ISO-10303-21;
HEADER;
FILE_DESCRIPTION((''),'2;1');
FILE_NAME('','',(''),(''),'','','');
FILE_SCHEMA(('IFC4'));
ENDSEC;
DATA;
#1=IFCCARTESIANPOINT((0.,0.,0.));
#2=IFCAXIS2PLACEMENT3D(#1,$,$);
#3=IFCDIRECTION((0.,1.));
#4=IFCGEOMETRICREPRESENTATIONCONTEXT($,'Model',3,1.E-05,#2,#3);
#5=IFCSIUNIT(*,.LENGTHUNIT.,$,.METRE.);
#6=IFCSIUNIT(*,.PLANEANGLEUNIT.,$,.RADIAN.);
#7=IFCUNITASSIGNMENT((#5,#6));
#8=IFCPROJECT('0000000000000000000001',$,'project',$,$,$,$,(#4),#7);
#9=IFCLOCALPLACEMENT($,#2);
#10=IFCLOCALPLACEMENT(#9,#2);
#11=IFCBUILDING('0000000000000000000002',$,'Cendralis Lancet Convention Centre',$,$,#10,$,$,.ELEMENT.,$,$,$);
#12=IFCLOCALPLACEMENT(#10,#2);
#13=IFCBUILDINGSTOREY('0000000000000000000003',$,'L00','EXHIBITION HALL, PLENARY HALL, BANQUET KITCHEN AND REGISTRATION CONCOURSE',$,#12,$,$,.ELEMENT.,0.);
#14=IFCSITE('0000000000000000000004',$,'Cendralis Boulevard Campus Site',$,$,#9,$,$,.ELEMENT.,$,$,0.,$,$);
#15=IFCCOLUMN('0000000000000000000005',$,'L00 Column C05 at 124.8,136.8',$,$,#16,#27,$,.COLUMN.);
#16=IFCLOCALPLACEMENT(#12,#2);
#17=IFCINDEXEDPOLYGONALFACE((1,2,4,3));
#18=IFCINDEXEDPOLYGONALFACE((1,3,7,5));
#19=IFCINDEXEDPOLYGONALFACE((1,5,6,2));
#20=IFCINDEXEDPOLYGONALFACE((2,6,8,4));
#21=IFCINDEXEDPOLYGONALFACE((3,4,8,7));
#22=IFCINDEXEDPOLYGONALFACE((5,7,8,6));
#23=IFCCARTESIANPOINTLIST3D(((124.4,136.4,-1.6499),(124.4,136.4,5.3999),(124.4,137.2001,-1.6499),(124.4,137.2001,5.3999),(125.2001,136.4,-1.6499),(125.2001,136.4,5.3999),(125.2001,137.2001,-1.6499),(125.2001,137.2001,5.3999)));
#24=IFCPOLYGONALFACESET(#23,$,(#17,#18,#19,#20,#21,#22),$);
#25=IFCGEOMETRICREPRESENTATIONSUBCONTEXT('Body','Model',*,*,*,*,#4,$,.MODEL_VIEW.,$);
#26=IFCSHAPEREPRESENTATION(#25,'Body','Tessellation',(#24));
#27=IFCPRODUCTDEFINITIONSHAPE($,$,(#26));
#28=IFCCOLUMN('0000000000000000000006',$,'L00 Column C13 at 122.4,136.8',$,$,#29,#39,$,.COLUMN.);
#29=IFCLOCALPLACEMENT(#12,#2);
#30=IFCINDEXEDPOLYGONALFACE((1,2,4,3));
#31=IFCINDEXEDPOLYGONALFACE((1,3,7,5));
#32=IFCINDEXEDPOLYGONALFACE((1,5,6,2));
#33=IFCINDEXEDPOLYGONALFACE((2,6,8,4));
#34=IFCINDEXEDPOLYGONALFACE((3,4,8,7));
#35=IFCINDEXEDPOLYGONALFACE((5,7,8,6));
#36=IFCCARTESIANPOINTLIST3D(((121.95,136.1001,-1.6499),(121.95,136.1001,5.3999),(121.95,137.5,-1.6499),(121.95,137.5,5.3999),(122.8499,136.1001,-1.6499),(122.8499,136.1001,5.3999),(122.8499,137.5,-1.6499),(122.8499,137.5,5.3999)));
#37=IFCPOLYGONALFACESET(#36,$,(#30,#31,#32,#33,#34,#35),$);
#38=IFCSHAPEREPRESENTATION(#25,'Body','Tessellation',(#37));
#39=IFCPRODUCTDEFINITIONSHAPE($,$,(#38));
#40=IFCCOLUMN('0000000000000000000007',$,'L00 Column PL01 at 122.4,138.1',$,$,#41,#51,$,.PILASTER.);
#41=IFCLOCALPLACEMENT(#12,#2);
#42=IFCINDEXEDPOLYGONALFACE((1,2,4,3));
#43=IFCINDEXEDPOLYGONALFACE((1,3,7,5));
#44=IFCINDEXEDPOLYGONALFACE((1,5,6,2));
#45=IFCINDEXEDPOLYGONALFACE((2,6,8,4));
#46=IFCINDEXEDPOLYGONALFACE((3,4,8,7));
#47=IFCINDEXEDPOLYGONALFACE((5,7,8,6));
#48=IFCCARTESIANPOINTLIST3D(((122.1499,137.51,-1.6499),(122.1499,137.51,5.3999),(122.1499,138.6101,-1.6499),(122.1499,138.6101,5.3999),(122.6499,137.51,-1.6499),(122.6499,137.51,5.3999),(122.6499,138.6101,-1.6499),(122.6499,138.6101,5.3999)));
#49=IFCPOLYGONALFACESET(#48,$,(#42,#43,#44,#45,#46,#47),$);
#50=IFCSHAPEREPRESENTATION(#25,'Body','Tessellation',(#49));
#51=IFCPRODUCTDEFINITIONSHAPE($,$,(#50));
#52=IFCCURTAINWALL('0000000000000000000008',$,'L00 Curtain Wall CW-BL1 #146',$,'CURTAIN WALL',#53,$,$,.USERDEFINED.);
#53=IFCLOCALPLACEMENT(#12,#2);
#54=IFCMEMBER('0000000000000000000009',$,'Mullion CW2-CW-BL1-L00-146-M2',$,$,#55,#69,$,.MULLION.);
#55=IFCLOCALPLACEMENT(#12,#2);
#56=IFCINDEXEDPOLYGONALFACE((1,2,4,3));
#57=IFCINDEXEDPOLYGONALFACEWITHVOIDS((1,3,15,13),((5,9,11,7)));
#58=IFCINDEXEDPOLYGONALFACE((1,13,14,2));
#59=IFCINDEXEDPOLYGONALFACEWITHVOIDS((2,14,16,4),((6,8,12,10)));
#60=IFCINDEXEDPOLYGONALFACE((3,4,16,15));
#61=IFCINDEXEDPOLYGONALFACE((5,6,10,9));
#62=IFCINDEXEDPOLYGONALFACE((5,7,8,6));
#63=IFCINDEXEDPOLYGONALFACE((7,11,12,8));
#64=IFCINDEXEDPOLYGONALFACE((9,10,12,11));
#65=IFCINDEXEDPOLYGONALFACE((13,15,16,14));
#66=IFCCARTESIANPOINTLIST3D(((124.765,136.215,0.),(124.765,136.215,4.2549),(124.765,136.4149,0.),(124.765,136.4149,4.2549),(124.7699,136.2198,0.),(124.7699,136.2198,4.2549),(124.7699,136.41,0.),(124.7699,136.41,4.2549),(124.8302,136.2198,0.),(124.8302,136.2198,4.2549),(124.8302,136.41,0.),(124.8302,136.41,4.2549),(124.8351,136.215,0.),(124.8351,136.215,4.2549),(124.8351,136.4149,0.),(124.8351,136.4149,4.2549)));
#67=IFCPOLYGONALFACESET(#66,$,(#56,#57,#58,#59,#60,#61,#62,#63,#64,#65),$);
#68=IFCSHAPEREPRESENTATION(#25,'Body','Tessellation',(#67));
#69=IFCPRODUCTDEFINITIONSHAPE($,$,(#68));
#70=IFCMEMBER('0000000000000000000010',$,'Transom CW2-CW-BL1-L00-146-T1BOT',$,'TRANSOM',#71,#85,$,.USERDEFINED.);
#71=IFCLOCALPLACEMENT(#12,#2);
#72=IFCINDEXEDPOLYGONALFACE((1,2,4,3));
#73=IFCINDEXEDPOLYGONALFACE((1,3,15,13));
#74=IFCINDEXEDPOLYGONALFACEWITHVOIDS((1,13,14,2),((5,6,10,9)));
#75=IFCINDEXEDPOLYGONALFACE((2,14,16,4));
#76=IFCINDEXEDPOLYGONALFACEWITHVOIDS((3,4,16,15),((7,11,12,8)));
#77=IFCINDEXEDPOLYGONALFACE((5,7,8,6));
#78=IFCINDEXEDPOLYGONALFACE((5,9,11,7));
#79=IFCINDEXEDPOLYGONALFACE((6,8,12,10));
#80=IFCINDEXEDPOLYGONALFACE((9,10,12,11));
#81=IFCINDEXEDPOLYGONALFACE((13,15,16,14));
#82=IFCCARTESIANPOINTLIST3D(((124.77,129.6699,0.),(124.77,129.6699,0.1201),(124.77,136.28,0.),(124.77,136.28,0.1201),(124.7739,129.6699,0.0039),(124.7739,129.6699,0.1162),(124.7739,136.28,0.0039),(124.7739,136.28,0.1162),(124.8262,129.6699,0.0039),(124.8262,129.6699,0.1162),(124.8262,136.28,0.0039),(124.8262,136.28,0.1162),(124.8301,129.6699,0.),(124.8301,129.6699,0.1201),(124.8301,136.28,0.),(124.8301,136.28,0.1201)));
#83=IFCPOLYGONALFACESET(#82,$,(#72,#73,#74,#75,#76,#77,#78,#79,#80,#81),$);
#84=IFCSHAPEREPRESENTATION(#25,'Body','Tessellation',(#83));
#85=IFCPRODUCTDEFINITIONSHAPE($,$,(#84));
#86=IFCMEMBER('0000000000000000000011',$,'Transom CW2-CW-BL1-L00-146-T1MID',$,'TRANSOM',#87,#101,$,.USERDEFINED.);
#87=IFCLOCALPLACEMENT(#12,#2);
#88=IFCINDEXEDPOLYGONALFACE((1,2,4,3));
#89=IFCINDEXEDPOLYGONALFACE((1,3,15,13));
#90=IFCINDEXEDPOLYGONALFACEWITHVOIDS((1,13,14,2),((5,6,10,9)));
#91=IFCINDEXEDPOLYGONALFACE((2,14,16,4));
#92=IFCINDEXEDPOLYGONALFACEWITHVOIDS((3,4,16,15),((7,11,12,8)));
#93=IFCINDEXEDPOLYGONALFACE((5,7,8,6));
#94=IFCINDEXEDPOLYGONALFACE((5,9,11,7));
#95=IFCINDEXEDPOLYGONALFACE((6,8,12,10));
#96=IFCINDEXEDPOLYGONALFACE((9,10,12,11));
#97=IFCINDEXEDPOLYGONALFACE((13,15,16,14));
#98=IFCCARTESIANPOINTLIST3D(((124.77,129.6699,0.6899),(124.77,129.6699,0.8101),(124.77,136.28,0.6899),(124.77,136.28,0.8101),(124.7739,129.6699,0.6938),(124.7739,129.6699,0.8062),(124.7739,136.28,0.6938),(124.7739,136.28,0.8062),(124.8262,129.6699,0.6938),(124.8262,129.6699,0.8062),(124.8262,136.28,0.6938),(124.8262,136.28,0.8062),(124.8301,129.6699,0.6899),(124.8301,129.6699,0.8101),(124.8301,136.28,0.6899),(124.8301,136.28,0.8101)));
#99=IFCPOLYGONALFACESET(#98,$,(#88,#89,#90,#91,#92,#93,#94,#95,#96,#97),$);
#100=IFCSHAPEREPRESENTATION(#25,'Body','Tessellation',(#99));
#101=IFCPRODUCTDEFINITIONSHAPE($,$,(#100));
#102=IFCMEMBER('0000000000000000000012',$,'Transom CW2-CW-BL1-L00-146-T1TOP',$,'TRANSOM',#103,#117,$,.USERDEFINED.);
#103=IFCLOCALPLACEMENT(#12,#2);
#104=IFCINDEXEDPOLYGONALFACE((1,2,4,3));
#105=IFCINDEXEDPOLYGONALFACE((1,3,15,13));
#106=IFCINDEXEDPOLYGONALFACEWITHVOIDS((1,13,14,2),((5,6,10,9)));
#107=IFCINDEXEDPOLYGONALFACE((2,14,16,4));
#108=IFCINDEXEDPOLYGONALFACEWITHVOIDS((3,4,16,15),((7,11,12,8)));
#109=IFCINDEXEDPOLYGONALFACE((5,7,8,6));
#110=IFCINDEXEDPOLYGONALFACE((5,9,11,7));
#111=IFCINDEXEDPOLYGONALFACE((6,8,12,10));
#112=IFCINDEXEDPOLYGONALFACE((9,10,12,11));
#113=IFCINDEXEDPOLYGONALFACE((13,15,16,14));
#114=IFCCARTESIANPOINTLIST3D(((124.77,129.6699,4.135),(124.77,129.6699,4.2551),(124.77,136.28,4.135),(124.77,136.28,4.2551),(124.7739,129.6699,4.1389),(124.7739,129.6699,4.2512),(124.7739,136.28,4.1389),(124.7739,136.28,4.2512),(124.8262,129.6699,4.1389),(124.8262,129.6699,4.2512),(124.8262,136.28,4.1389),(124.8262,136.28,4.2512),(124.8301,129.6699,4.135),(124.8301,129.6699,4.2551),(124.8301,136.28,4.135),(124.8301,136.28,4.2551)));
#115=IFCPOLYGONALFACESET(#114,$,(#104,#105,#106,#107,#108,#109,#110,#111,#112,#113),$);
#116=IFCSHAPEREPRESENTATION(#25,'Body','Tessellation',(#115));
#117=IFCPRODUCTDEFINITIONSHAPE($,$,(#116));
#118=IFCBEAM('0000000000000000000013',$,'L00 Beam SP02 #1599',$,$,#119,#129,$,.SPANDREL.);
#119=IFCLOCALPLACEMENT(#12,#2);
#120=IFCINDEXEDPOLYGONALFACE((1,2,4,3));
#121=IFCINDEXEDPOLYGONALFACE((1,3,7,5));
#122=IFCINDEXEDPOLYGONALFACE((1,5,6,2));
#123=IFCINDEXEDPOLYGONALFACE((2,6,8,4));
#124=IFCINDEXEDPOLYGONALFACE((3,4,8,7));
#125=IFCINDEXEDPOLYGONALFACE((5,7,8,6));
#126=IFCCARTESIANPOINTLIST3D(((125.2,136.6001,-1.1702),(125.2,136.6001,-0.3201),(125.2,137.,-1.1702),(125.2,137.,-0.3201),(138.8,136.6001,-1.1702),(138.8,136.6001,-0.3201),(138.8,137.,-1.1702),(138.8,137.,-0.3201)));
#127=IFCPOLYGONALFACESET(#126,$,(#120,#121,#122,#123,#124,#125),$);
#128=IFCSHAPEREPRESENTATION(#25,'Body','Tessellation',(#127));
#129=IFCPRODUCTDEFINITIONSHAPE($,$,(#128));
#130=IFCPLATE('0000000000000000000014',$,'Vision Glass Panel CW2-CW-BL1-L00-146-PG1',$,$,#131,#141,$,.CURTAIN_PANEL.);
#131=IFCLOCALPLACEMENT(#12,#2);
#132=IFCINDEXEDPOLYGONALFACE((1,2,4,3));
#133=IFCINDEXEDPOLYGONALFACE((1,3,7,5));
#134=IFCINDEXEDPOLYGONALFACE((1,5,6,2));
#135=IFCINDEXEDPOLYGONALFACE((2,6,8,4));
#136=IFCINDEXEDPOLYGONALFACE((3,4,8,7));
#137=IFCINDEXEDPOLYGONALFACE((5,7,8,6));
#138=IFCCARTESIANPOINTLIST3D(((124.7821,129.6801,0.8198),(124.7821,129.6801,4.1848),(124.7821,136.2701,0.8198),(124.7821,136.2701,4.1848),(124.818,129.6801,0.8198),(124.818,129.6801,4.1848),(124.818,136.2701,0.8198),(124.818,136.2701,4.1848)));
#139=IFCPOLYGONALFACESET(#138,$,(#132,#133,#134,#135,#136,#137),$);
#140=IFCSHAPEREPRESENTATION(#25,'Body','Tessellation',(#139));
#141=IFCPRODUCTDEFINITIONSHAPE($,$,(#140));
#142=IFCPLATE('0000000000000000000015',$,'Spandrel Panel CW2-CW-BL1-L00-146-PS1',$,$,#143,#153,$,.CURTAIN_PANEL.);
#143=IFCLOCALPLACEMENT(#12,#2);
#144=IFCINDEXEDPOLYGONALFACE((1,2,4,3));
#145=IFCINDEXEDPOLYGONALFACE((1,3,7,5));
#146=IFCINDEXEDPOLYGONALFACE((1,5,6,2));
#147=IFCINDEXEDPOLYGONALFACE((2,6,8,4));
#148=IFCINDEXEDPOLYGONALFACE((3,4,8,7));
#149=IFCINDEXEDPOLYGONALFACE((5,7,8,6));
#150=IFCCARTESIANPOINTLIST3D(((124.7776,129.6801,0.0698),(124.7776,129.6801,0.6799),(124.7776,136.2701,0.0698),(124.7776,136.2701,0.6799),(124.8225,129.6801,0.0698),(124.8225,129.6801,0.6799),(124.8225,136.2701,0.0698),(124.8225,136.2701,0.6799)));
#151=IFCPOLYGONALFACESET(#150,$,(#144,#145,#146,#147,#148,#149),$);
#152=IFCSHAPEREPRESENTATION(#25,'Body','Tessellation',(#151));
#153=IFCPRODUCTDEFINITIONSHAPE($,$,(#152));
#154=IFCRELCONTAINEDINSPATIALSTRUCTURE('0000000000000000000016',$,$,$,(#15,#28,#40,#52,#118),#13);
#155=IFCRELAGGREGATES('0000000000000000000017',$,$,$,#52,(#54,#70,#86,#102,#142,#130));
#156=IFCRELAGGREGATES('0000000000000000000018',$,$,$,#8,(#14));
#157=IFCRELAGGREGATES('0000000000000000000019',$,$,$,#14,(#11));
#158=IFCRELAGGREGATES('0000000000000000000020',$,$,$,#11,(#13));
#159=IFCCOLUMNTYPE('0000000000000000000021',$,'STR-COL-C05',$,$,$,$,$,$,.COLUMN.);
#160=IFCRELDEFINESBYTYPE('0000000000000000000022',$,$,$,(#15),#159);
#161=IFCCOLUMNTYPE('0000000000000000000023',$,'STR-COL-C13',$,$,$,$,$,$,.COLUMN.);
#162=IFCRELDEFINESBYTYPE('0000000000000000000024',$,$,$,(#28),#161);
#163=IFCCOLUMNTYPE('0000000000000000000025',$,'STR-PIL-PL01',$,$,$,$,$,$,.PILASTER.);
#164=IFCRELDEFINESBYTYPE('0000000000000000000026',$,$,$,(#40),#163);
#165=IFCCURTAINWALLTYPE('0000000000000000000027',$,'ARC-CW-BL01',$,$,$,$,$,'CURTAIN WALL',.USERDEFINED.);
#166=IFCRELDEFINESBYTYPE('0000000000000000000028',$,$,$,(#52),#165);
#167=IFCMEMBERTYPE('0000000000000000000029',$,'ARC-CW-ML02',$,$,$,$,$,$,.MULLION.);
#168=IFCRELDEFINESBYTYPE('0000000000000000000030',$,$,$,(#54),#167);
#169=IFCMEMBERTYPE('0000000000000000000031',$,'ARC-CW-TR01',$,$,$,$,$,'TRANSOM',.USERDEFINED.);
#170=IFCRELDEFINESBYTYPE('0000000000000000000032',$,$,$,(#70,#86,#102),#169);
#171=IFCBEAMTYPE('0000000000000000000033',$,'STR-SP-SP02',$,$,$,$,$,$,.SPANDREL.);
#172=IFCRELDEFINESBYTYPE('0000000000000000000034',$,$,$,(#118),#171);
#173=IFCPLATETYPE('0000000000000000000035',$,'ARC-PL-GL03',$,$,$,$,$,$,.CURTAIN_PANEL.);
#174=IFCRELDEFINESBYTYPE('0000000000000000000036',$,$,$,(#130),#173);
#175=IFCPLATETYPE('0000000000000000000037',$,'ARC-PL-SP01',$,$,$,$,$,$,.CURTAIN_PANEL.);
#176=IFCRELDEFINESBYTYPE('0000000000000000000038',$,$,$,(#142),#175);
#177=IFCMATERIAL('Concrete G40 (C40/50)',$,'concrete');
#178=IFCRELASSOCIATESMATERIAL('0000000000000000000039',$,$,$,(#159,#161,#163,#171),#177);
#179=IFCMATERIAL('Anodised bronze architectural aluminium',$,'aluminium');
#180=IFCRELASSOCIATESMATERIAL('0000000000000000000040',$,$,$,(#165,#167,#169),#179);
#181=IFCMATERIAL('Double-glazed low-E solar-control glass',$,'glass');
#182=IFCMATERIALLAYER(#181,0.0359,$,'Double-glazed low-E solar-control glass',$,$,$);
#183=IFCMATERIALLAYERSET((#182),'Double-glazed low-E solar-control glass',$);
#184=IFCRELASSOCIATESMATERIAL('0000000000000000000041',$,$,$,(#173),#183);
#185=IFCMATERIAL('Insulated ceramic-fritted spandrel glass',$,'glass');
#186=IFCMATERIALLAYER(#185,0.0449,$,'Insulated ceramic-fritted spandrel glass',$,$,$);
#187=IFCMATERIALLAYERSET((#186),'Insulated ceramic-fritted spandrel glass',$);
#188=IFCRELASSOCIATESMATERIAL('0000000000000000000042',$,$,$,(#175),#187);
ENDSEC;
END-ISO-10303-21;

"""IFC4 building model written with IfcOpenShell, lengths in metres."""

from ifc_helpers import new_model, si_unit, direction, frame, origin, origin_2d, place, context, subcontext, project, spatial, rectangle, hollow_rectangle, extrude, material, layer, layer_set, material_profile, profile_set, type_object, element, aggregate, save


model = new_model("IFC4")

# Units and contexts
model_context = context("Model", 3, precision=1e-05, world=origin(), true_north=direction((0.0, 1.0)))
body_context = subcontext(model_context, "Body", "Model", "MODEL_VIEW")
ifc_project = project(units=[si_unit("LENGTHUNIT", "METRE"), si_unit("PLANEANGLEUNIT", "RADIAN")], contexts=[model_context])

# Site, building, storey
site_placement = place(None, origin())
site = spatial("IfcSite", under=ifc_project, at=site_placement, Name="Cendralis Boulevard Campus Site", CompositionType="ELEMENT", RefElevation=0.0)
building_placement = place(site_placement, origin())
building = spatial("IfcBuilding", under=site, at=building_placement, Name="Cendralis Lancet Convention Centre", CompositionType="ELEMENT")
storey_placement = place(building_placement, origin())
storey = spatial("IfcBuildingStorey", under=building, at=storey_placement, Name="L00", Description="EXHIBITION HALL, PLENARY HALL, BANQUET KITCHEN AND REGISTRATION CONCOURSE", CompositionType="ELEMENT", Elevation=0.0)

# Columns
ifc_material_1 = material(Name="Concrete G40 (C40/50)", Category="concrete")
ifc_material_profile_1 = material_profile(ifc_material_1, rectangle(XDim=0.8, YDim=0.8, at=origin_2d()), Name="RC 800x800")
ifc_profile_set_1 = profile_set([ifc_material_profile_1], Name="Concrete G40 (C40/50)")
column_type_1 = type_object("IfcColumnType", Name="STR-COL-C05", PredefinedType="COLUMN", material=ifc_profile_set_1)
column_1_placement = place(storey_placement, frame((124.8, 136.8, -1.6499), z_axis=(0.0, 0.0, 1.0), x_axis=(1.0, 0.0, 0.0)))
element("IfcColumn", 1, at=column_1_placement, inside=storey, type_object=column_type_1, Name="L00 Column C05 at 124.8,136.8", PredefinedType="COLUMN", context=body_context, shape_type="SweptSolid", body=[
    extrude(rectangle(XDim=0.8, YDim=0.8, at=origin_2d()), origin(), (0.0, 0.0, 1.0), 7.0498),
])
ifc_material_profile_2 = material_profile(ifc_material_1, rectangle(XDim=0.8999, YDim=1.3999, at=origin_2d()), Name="RC 900x1400")
ifc_profile_set_2 = profile_set([ifc_material_profile_2], Name="Concrete G40 (C40/50)")
column_type_2 = type_object("IfcColumnType", Name="STR-COL-C13", PredefinedType="COLUMN", material=ifc_profile_set_2)
column_2_placement = place(storey_placement, frame((122.3999, 136.8, -1.6499), z_axis=(0.0, 0.0, 1.0), x_axis=(1.0, 0.0, 0.0)))
element("IfcColumn", 2, at=column_2_placement, inside=storey, type_object=column_type_2, Name="L00 Column C13 at 122.4,136.8", PredefinedType="COLUMN", context=body_context, shape_type="SweptSolid", body=[
    extrude(rectangle(XDim=0.8999, YDim=1.3999, at=origin_2d()), origin(), (0.0, 0.0, 1.0), 7.0498),
])
ifc_material_profile_3 = material_profile(ifc_material_1, rectangle(XDim=0.5, YDim=1.1001, at=origin_2d()), Name="RC 500x1100")
ifc_profile_set_3 = profile_set([ifc_material_profile_3], Name="Concrete G40 (C40/50)")
column_type_3 = type_object("IfcColumnType", Name="STR-PIL-PL01", PredefinedType="PILASTER", material=ifc_profile_set_3)
column_3_placement = place(storey_placement, frame((122.3999, 138.0601, -1.6499), z_axis=(0.0, 0.0, 1.0), x_axis=(1.0, 0.0, 0.0)))
element("IfcColumn", 3, at=column_3_placement, inside=storey, type_object=column_type_3, Name="L00 Column PL01 at 122.4,138.1", PredefinedType="PILASTER", context=body_context, shape_type="SweptSolid", body=[
    extrude(rectangle(XDim=0.5, YDim=1.1001, at=origin_2d()), origin(), (0.0, 0.0, 1.0), 7.0498),
])

# Curtain wall, members
ifc_material_2 = material(Name="Anodised bronze architectural aluminium", Category="aluminium")
curtain_wall_type = type_object("IfcCurtainWallType", Name="ARC-CW-BL01", ElementType="CURTAIN WALL", PredefinedType="USERDEFINED", material=ifc_material_2)
curtain_wall_placement = place(storey_placement, origin())
curtain_wall = element("IfcCurtainWall", 4, at=curtain_wall_placement, inside=storey, type_object=curtain_wall_type, Name="L00 Curtain Wall CW-BL1 #146", ObjectType="CURTAIN WALL", PredefinedType="USERDEFINED")
ifc_material_profile_4 = material_profile(ifc_material_2, hollow_rectangle(XDim=0.0701, YDim=0.2, WallThickness=0.0049, at=origin_2d()), Name="AL-MULL 70x200x5.0")
ifc_profile_set_4 = profile_set([ifc_material_profile_4], Name="Anodised bronze architectural aluminium")
member_type_1 = type_object("IfcMemberType", Name="ARC-CW-ML02", PredefinedType="MULLION", material=ifc_profile_set_4)
member_1_placement = place(storey_placement, frame((124.8, 136.3149, 0.0), z_axis=(0.0, 0.0, 1.0), x_axis=(1.0, 0.0, 0.0)))
member_1 = element("IfcMember", 5, at=member_1_placement, type_object=member_type_1, Name="Mullion CW2-CW-BL1-L00-146-M2", PredefinedType="MULLION", context=body_context, shape_type="SweptSolid", body=[
    extrude(hollow_rectangle(XDim=0.0701, YDim=0.2, WallThickness=0.0049, at=origin_2d()), origin(), (0.0, 0.0, 1.0), 4.2549),
])
ifc_material_profile_5 = material_profile(ifc_material_2, hollow_rectangle(XDim=0.0601, YDim=0.1201, WallThickness=0.0039, at=origin_2d()), Name="AL-TRAN 60x120x4.0")
ifc_profile_set_5 = profile_set([ifc_material_profile_5], Name="Anodised bronze architectural aluminium")
member_type_2 = type_object("IfcMemberType", Name="ARC-CW-TR01", ElementType="TRANSOM", PredefinedType="USERDEFINED", material=ifc_profile_set_5)
member_2_placement = place(storey_placement, frame((124.8, 129.6699, 0.0601), z_axis=(0.0, 1.0, 0.0), x_axis=(-1.0, 0.0, 0.0)))
member_2 = element("IfcMember", 6, at=member_2_placement, type_object=member_type_2, Name="Transom CW2-CW-BL1-L00-146-T1BOT", ObjectType="TRANSOM", PredefinedType="USERDEFINED", context=body_context, shape_type="SweptSolid", body=[
    extrude(hollow_rectangle(XDim=0.0601, YDim=0.1201, WallThickness=0.0039, at=origin_2d()), origin(), (0.0, 0.0, 1.0), 6.6101),
])
member_3_placement = place(storey_placement, frame((124.8, 129.6699, 0.75), z_axis=(0.0, 1.0, 0.0), x_axis=(-1.0, 0.0, 0.0)))
member_3 = element("IfcMember", 7, at=member_3_placement, type_object=member_type_2, Name="Transom CW2-CW-BL1-L00-146-T1MID", ObjectType="TRANSOM", PredefinedType="USERDEFINED", context=body_context, shape_type="SweptSolid", body=[
    extrude(hollow_rectangle(XDim=0.0601, YDim=0.1201, WallThickness=0.0039, at=origin_2d()), origin(), (0.0, 0.0, 1.0), 6.6101),
])
member_4_placement = place(storey_placement, frame((124.8, 129.6699, 4.1951), z_axis=(0.0, 1.0, 0.0), x_axis=(-1.0, 0.0, 0.0)))
member_4 = element("IfcMember", 8, at=member_4_placement, type_object=member_type_2, Name="Transom CW2-CW-BL1-L00-146-T1TOP", ObjectType="TRANSOM", PredefinedType="USERDEFINED", context=body_context, shape_type="SweptSolid", body=[
    extrude(hollow_rectangle(XDim=0.0601, YDim=0.1201, WallThickness=0.0039, at=origin_2d()), origin(), (0.0, 0.0, 1.0), 6.6101),
])

# Beam
ifc_material_profile_6 = material_profile(ifc_material_1, rectangle(XDim=0.3999, YDim=0.8501, at=origin_2d()), Name="RCB 400x850")
ifc_profile_set_6 = profile_set([ifc_material_profile_6], Name="Concrete G40 (C40/50)")
beam_type = type_object("IfcBeamType", Name="STR-SP-SP02", PredefinedType="SPANDREL", material=ifc_profile_set_6)
beam_placement = place(storey_placement, frame((125.2, 136.8, -0.7451), z_axis=(1.0, 0.0, 0.0), x_axis=(0.0, 1.0, 0.0)))
element("IfcBeam", 9, at=beam_placement, inside=storey, type_object=beam_type, Name="L00 Beam SP02 #1599", PredefinedType="SPANDREL", context=body_context, shape_type="SweptSolid", body=[
    extrude(rectangle(XDim=0.3999, YDim=0.8501, at=origin_2d()), origin(), (0.0, 0.0, 1.0), 13.6001),
])

# Plates
ifc_material_3 = material(Name="Double-glazed low-E solar-control glass", Category="glass")
ifc_layer_1 = layer(ifc_material_3, 0.0359, Name="Double-glazed low-E solar-control glass")
ifc_layer_set_1 = layer_set([ifc_layer_1], Name="Double-glazed low-E solar-control glass")
plate_type_1 = type_object("IfcPlateType", Name="ARC-PL-GL03", PredefinedType="CURTAIN_PANEL", material=ifc_layer_set_1)
plate_1_placement = place(storey_placement, frame((124.8, 132.9751, 0.8198), z_axis=(0.0, 0.0, 1.0), x_axis=(0.0, 1.0, 0.0)))
plate_1 = element("IfcPlate", 10, at=plate_1_placement, type_object=plate_type_1, Name="Vision Glass Panel CW2-CW-BL1-L00-146-PG1", PredefinedType="CURTAIN_PANEL", context=body_context, shape_type="SweptSolid", body=[
    extrude(rectangle(XDim=6.5901, YDim=0.0359, at=origin_2d()), origin(), (0.0, 0.0, 1.0), 3.365),
])
ifc_material_4 = material(Name="Insulated ceramic-fritted spandrel glass", Category="glass")
ifc_layer_2 = layer(ifc_material_4, 0.0449, Name="Insulated ceramic-fritted spandrel glass")
ifc_layer_set_2 = layer_set([ifc_layer_2], Name="Insulated ceramic-fritted spandrel glass")
plate_type_2 = type_object("IfcPlateType", Name="ARC-PL-SP01", PredefinedType="CURTAIN_PANEL", material=ifc_layer_set_2)
plate_2_placement = place(storey_placement, frame((124.8, 132.9751, 0.0698), z_axis=(0.0, 0.0, 1.0), x_axis=(0.0, 1.0, 0.0)))
plate_2 = element("IfcPlate", 11, at=plate_2_placement, type_object=plate_type_2, Name="Spandrel Panel CW2-CW-BL1-L00-146-PS1", PredefinedType="CURTAIN_PANEL", context=body_context, shape_type="SweptSolid", body=[
    extrude(rectangle(XDim=6.5901, YDim=0.0449, at=origin_2d()), origin(), (0.0, 0.0, 1.0), 0.6101),
])
aggregate(curtain_wall, [member_1, member_2, member_3, member_4, plate_2, plate_1])

save(model, "model.ifc")
